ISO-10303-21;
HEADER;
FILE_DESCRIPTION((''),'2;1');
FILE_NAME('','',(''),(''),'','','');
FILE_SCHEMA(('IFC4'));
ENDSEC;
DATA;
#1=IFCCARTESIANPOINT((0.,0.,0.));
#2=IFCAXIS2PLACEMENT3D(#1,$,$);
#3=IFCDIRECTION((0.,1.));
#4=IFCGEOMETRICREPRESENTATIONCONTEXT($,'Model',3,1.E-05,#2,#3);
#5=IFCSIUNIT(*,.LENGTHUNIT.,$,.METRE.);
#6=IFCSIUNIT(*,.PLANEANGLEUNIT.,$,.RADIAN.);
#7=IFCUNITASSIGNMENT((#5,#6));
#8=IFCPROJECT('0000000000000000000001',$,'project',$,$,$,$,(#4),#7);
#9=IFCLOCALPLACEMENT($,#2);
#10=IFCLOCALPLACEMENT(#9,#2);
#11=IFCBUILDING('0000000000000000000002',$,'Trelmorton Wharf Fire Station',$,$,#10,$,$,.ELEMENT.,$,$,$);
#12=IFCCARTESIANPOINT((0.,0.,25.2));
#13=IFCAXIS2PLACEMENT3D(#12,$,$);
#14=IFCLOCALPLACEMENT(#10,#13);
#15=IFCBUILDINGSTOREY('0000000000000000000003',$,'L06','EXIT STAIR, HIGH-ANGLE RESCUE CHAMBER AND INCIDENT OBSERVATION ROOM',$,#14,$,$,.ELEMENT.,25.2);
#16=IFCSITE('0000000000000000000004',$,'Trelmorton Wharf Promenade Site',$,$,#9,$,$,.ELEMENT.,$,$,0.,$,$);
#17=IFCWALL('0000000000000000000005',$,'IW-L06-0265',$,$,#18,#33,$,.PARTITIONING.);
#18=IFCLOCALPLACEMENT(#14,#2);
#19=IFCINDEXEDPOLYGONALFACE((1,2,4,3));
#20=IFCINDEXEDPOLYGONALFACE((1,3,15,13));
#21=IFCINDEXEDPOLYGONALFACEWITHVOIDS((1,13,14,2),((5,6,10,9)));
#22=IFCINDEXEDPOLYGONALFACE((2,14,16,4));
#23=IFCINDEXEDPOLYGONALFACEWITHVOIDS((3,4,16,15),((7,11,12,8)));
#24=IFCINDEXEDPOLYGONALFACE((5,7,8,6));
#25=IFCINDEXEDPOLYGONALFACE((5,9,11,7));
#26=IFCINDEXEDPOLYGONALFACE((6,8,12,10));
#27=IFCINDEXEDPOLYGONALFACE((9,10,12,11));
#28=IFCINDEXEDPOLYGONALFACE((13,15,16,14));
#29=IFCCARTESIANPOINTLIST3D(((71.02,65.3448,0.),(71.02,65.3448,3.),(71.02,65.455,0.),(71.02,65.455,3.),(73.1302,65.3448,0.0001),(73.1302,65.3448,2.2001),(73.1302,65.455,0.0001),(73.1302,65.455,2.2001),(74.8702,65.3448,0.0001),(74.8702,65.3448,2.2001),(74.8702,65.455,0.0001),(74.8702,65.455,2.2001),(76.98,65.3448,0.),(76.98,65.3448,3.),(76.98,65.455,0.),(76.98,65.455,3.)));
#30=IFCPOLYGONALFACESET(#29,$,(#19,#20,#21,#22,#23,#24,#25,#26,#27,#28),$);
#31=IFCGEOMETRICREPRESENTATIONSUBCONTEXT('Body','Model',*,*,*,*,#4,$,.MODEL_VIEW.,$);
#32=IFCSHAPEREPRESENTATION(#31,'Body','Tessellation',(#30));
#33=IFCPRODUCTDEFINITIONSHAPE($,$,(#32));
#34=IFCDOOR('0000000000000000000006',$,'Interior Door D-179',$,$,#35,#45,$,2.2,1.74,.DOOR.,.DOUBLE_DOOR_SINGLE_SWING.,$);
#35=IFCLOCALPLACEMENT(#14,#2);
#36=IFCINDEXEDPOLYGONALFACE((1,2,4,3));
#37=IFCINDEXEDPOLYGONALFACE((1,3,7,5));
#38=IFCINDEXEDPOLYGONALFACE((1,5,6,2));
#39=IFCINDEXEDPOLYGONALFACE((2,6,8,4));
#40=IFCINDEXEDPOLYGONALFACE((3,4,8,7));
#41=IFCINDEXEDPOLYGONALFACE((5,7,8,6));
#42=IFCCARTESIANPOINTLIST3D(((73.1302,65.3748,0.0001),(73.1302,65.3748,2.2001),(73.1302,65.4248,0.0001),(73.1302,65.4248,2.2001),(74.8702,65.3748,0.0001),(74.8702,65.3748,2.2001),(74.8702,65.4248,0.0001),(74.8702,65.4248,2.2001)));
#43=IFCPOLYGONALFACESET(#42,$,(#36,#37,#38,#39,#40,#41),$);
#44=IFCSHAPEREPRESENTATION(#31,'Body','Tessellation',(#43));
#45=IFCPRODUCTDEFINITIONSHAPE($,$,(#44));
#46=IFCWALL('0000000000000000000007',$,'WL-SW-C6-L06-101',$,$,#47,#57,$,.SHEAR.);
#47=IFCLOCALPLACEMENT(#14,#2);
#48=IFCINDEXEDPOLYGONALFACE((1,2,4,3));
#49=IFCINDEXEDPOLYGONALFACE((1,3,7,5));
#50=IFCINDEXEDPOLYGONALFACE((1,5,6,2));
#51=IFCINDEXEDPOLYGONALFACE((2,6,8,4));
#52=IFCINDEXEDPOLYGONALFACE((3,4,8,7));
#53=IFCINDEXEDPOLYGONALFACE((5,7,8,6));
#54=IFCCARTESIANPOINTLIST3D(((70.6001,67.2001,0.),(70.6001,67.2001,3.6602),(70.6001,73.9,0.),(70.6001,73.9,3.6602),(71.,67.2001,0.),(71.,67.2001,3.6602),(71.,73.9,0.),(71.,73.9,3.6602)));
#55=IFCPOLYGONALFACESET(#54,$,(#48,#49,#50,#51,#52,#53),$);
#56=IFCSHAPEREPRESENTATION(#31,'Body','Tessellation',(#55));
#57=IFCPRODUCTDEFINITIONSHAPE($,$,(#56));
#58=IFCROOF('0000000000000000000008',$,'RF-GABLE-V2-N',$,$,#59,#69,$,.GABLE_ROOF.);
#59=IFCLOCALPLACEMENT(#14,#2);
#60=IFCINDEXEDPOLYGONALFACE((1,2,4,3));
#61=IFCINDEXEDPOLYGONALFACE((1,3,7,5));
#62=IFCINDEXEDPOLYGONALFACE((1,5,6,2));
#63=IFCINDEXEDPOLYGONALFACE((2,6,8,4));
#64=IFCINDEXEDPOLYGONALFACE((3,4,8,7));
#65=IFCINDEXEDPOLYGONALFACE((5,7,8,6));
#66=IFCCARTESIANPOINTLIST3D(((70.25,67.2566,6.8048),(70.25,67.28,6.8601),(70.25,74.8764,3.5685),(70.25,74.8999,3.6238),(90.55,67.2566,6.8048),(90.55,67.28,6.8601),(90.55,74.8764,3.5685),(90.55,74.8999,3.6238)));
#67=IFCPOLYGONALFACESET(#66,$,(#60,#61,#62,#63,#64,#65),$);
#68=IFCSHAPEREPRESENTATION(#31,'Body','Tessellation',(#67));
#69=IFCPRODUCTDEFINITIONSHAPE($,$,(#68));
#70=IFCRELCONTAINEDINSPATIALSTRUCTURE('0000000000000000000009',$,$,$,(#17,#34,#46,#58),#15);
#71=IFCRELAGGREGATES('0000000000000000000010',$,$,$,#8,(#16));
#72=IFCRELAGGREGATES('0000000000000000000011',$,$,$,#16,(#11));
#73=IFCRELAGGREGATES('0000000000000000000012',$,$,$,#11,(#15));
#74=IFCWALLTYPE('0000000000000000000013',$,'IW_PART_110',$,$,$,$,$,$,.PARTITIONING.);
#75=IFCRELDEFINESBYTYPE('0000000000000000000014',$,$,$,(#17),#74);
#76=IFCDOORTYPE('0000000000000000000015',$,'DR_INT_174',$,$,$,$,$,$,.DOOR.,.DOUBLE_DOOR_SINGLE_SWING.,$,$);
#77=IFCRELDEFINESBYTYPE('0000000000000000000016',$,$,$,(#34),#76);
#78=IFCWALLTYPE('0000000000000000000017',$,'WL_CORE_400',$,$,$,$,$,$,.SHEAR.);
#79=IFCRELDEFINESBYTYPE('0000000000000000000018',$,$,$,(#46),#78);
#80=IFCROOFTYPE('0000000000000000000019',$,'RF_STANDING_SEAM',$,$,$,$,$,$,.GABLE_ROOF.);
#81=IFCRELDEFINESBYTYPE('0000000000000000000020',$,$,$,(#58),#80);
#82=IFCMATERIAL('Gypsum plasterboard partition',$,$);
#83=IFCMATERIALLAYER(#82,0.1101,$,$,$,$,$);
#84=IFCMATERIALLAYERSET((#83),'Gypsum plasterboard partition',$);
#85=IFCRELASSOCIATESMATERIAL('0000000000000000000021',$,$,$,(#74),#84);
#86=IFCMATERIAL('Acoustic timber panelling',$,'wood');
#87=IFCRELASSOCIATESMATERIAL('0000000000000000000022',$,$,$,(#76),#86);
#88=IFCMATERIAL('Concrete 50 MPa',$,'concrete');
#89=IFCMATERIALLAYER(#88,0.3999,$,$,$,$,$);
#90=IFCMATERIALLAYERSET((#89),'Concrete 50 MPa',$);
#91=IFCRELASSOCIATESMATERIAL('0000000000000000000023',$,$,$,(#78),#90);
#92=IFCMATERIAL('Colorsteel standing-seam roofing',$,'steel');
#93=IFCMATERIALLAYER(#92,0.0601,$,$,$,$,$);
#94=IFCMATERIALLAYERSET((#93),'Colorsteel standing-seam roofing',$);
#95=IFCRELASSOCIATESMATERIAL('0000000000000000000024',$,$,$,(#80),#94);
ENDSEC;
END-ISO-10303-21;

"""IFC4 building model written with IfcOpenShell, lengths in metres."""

from ifc_helpers import new_model, si_unit, direction, frame, frame_2d, origin, place, context, subcontext, project, spatial, polyline, rectangle, outline, extrude, material, layer, layer_set, type_object, element, fill, save


model = new_model("IFC4")

# Units and contexts
model_context = context("Model", 3, precision=1e-05, world=origin(), true_north=direction((0.0, 1.0)))
body_context = subcontext(model_context, "Body", "Model", "MODEL_VIEW")
ifc_project = project(units=[si_unit("LENGTHUNIT", "METRE"), si_unit("PLANEANGLEUNIT", "RADIAN")], contexts=[model_context])

# Site, building, storey
site_placement = place(None, origin())
site = spatial("IfcSite", under=ifc_project, at=site_placement, Name="Trelmorton Wharf Promenade Site", CompositionType="ELEMENT", RefElevation=0.0)
building_placement = place(site_placement, origin())
building = spatial("IfcBuilding", under=site, at=building_placement, Name="Trelmorton Wharf Fire Station", CompositionType="ELEMENT")
storey_placement = place(building_placement, frame((0.0, 0.0, 25.2)))
storey = spatial("IfcBuildingStorey", under=building, at=storey_placement, Name="L06", Description="EXIT STAIR, HIGH-ANGLE RESCUE CHAMBER AND INCIDENT OBSERVATION ROOM", CompositionType="ELEMENT", Elevation=25.2)

# Wall, opening, door
ifc_material_1 = material(Name="Gypsum plasterboard partition")
ifc_layer_1 = layer(ifc_material_1, 0.1101)
ifc_layer_set_1 = layer_set([ifc_layer_1], Name="Gypsum plasterboard partition")
wall_type_1 = type_object("IfcWallType", Name="IW_PART_110", PredefinedType="PARTITIONING", material=ifc_layer_set_1)
wall_1_placement = place(storey_placement, frame((71.02, 65.3999, 0.0), z_axis=(0.0, 0.0, 1.0), x_axis=(1.0, 0.0, 0.0)))
wall_1 = element("IfcWall", 1, at=wall_1_placement, inside=storey, type_object=wall_type_1, Name="IW-L06-0265", PredefinedType="PARTITIONING", context=body_context, shape_type="SweptSolid", body=[
    extrude(rectangle(XDim=5.96, YDim=0.1101, at=frame_2d((2.98, 0.0))), origin(), (0.0, 0.0, 1.0), 3.0),
])
opening_1_placement = place(wall_1_placement, frame((2.1101, 0.0, 0.0)))
opening_1 = element("IfcOpeningElement", 2, at=opening_1_placement, cuts=wall_1, PredefinedType="OPENING", context=body_context, shape_type="SweptSolid", body=[
    extrude(rectangle(XDim=1.74, YDim=2.2, at=frame_2d((0.8701, 1.1001))), frame((0.0, 0.0649, 0.0), z_axis=(0.0, -1.0, 0.0), x_axis=(1.0, 0.0, 0.0)), (0.0, 0.0, 1.0), 0.1301),
])
ifc_material_2 = material(Name="Acoustic timber panelling", Category="wood")
door_type_1 = type_object("IfcDoorType", Name="DR_INT_174", OperationType="DOUBLE_DOOR_SINGLE_SWING", PredefinedType="DOOR", material=ifc_material_2)
door_1_placement = place(opening_1_placement, origin())
door_1 = element("IfcDoor", 3, at=door_1_placement, inside=storey, type_object=door_type_1, Name="Interior Door D-179", OperationType="DOUBLE_DOOR_SINGLE_SWING", OverallHeight=2.2, OverallWidth=1.74, PredefinedType="DOOR", context=body_context, shape_type="SweptSolid", body=[
    extrude(rectangle(XDim=1.74, YDim=2.2, at=frame_2d((0.8701, 1.1001))), frame((0.0, 0.0249, 0.0), z_axis=(0.0, -1.0, 0.0), x_axis=(1.0, 0.0, 0.0)), (0.0, 0.0, 1.0), 0.05),
])
fill(opening_1, door_1)

# Wall
ifc_material_3 = material(Name="Concrete 50 MPa", Category="concrete")
ifc_layer_2 = layer(ifc_material_3, 0.3999)
ifc_layer_set_2 = layer_set([ifc_layer_2], Name="Concrete 50 MPa")
wall_type_2 = type_object("IfcWallType", Name="WL_CORE_400", PredefinedType="SHEAR", material=ifc_layer_set_2)
wall_2_placement = place(storey_placement, frame((70.8, 67.2, 0.0), z_axis=(0.0, 0.0, 1.0), x_axis=(0.0, 1.0, 0.0)))
element("IfcWall", 4, at=wall_2_placement, inside=storey, type_object=wall_type_2, Name="WL-SW-C6-L06-101", PredefinedType="SHEAR", context=body_context, shape_type="SweptSolid", body=[
    extrude(rectangle(XDim=6.7, YDim=0.3999, at=frame_2d((3.3501, 0.0))), origin(), (0.0, 0.0, 1.0), 3.6602),
])

# Roof
ifc_material_4 = material(Name="Colorsteel standing-seam roofing", Category="steel")
ifc_layer_3 = layer(ifc_material_4, 0.0601)
ifc_layer_set_3 = layer_set([ifc_layer_3], Name="Colorsteel standing-seam roofing")
roof_type = type_object("IfcRoofType", Name="RF_STANDING_SEAM", PredefinedType="GABLE_ROOF", material=ifc_layer_set_3)
roof_placement = place(storey_placement, frame((70.25, 67.28, 6.8601), z_axis=(0.0, 0.390924, 0.920423), x_axis=(1.0, 0.0, 0.0)))
element("IfcRoof", 5, at=roof_placement, inside=storey, type_object=roof_type, Name="RF-GABLE-V2-N", PredefinedType="GABLE_ROOF", context=body_context, shape_type="SweptSolid", body=[
    extrude(outline(polyline([(0.0, 0.0), (20.3, 0.0), (20.3, 8.2787), (0.0, 8.2787), (0.0, 0.0)])), origin(), (0.0, 0.0, -1.0), 0.0601),
])

save(model, "model.ifc")
